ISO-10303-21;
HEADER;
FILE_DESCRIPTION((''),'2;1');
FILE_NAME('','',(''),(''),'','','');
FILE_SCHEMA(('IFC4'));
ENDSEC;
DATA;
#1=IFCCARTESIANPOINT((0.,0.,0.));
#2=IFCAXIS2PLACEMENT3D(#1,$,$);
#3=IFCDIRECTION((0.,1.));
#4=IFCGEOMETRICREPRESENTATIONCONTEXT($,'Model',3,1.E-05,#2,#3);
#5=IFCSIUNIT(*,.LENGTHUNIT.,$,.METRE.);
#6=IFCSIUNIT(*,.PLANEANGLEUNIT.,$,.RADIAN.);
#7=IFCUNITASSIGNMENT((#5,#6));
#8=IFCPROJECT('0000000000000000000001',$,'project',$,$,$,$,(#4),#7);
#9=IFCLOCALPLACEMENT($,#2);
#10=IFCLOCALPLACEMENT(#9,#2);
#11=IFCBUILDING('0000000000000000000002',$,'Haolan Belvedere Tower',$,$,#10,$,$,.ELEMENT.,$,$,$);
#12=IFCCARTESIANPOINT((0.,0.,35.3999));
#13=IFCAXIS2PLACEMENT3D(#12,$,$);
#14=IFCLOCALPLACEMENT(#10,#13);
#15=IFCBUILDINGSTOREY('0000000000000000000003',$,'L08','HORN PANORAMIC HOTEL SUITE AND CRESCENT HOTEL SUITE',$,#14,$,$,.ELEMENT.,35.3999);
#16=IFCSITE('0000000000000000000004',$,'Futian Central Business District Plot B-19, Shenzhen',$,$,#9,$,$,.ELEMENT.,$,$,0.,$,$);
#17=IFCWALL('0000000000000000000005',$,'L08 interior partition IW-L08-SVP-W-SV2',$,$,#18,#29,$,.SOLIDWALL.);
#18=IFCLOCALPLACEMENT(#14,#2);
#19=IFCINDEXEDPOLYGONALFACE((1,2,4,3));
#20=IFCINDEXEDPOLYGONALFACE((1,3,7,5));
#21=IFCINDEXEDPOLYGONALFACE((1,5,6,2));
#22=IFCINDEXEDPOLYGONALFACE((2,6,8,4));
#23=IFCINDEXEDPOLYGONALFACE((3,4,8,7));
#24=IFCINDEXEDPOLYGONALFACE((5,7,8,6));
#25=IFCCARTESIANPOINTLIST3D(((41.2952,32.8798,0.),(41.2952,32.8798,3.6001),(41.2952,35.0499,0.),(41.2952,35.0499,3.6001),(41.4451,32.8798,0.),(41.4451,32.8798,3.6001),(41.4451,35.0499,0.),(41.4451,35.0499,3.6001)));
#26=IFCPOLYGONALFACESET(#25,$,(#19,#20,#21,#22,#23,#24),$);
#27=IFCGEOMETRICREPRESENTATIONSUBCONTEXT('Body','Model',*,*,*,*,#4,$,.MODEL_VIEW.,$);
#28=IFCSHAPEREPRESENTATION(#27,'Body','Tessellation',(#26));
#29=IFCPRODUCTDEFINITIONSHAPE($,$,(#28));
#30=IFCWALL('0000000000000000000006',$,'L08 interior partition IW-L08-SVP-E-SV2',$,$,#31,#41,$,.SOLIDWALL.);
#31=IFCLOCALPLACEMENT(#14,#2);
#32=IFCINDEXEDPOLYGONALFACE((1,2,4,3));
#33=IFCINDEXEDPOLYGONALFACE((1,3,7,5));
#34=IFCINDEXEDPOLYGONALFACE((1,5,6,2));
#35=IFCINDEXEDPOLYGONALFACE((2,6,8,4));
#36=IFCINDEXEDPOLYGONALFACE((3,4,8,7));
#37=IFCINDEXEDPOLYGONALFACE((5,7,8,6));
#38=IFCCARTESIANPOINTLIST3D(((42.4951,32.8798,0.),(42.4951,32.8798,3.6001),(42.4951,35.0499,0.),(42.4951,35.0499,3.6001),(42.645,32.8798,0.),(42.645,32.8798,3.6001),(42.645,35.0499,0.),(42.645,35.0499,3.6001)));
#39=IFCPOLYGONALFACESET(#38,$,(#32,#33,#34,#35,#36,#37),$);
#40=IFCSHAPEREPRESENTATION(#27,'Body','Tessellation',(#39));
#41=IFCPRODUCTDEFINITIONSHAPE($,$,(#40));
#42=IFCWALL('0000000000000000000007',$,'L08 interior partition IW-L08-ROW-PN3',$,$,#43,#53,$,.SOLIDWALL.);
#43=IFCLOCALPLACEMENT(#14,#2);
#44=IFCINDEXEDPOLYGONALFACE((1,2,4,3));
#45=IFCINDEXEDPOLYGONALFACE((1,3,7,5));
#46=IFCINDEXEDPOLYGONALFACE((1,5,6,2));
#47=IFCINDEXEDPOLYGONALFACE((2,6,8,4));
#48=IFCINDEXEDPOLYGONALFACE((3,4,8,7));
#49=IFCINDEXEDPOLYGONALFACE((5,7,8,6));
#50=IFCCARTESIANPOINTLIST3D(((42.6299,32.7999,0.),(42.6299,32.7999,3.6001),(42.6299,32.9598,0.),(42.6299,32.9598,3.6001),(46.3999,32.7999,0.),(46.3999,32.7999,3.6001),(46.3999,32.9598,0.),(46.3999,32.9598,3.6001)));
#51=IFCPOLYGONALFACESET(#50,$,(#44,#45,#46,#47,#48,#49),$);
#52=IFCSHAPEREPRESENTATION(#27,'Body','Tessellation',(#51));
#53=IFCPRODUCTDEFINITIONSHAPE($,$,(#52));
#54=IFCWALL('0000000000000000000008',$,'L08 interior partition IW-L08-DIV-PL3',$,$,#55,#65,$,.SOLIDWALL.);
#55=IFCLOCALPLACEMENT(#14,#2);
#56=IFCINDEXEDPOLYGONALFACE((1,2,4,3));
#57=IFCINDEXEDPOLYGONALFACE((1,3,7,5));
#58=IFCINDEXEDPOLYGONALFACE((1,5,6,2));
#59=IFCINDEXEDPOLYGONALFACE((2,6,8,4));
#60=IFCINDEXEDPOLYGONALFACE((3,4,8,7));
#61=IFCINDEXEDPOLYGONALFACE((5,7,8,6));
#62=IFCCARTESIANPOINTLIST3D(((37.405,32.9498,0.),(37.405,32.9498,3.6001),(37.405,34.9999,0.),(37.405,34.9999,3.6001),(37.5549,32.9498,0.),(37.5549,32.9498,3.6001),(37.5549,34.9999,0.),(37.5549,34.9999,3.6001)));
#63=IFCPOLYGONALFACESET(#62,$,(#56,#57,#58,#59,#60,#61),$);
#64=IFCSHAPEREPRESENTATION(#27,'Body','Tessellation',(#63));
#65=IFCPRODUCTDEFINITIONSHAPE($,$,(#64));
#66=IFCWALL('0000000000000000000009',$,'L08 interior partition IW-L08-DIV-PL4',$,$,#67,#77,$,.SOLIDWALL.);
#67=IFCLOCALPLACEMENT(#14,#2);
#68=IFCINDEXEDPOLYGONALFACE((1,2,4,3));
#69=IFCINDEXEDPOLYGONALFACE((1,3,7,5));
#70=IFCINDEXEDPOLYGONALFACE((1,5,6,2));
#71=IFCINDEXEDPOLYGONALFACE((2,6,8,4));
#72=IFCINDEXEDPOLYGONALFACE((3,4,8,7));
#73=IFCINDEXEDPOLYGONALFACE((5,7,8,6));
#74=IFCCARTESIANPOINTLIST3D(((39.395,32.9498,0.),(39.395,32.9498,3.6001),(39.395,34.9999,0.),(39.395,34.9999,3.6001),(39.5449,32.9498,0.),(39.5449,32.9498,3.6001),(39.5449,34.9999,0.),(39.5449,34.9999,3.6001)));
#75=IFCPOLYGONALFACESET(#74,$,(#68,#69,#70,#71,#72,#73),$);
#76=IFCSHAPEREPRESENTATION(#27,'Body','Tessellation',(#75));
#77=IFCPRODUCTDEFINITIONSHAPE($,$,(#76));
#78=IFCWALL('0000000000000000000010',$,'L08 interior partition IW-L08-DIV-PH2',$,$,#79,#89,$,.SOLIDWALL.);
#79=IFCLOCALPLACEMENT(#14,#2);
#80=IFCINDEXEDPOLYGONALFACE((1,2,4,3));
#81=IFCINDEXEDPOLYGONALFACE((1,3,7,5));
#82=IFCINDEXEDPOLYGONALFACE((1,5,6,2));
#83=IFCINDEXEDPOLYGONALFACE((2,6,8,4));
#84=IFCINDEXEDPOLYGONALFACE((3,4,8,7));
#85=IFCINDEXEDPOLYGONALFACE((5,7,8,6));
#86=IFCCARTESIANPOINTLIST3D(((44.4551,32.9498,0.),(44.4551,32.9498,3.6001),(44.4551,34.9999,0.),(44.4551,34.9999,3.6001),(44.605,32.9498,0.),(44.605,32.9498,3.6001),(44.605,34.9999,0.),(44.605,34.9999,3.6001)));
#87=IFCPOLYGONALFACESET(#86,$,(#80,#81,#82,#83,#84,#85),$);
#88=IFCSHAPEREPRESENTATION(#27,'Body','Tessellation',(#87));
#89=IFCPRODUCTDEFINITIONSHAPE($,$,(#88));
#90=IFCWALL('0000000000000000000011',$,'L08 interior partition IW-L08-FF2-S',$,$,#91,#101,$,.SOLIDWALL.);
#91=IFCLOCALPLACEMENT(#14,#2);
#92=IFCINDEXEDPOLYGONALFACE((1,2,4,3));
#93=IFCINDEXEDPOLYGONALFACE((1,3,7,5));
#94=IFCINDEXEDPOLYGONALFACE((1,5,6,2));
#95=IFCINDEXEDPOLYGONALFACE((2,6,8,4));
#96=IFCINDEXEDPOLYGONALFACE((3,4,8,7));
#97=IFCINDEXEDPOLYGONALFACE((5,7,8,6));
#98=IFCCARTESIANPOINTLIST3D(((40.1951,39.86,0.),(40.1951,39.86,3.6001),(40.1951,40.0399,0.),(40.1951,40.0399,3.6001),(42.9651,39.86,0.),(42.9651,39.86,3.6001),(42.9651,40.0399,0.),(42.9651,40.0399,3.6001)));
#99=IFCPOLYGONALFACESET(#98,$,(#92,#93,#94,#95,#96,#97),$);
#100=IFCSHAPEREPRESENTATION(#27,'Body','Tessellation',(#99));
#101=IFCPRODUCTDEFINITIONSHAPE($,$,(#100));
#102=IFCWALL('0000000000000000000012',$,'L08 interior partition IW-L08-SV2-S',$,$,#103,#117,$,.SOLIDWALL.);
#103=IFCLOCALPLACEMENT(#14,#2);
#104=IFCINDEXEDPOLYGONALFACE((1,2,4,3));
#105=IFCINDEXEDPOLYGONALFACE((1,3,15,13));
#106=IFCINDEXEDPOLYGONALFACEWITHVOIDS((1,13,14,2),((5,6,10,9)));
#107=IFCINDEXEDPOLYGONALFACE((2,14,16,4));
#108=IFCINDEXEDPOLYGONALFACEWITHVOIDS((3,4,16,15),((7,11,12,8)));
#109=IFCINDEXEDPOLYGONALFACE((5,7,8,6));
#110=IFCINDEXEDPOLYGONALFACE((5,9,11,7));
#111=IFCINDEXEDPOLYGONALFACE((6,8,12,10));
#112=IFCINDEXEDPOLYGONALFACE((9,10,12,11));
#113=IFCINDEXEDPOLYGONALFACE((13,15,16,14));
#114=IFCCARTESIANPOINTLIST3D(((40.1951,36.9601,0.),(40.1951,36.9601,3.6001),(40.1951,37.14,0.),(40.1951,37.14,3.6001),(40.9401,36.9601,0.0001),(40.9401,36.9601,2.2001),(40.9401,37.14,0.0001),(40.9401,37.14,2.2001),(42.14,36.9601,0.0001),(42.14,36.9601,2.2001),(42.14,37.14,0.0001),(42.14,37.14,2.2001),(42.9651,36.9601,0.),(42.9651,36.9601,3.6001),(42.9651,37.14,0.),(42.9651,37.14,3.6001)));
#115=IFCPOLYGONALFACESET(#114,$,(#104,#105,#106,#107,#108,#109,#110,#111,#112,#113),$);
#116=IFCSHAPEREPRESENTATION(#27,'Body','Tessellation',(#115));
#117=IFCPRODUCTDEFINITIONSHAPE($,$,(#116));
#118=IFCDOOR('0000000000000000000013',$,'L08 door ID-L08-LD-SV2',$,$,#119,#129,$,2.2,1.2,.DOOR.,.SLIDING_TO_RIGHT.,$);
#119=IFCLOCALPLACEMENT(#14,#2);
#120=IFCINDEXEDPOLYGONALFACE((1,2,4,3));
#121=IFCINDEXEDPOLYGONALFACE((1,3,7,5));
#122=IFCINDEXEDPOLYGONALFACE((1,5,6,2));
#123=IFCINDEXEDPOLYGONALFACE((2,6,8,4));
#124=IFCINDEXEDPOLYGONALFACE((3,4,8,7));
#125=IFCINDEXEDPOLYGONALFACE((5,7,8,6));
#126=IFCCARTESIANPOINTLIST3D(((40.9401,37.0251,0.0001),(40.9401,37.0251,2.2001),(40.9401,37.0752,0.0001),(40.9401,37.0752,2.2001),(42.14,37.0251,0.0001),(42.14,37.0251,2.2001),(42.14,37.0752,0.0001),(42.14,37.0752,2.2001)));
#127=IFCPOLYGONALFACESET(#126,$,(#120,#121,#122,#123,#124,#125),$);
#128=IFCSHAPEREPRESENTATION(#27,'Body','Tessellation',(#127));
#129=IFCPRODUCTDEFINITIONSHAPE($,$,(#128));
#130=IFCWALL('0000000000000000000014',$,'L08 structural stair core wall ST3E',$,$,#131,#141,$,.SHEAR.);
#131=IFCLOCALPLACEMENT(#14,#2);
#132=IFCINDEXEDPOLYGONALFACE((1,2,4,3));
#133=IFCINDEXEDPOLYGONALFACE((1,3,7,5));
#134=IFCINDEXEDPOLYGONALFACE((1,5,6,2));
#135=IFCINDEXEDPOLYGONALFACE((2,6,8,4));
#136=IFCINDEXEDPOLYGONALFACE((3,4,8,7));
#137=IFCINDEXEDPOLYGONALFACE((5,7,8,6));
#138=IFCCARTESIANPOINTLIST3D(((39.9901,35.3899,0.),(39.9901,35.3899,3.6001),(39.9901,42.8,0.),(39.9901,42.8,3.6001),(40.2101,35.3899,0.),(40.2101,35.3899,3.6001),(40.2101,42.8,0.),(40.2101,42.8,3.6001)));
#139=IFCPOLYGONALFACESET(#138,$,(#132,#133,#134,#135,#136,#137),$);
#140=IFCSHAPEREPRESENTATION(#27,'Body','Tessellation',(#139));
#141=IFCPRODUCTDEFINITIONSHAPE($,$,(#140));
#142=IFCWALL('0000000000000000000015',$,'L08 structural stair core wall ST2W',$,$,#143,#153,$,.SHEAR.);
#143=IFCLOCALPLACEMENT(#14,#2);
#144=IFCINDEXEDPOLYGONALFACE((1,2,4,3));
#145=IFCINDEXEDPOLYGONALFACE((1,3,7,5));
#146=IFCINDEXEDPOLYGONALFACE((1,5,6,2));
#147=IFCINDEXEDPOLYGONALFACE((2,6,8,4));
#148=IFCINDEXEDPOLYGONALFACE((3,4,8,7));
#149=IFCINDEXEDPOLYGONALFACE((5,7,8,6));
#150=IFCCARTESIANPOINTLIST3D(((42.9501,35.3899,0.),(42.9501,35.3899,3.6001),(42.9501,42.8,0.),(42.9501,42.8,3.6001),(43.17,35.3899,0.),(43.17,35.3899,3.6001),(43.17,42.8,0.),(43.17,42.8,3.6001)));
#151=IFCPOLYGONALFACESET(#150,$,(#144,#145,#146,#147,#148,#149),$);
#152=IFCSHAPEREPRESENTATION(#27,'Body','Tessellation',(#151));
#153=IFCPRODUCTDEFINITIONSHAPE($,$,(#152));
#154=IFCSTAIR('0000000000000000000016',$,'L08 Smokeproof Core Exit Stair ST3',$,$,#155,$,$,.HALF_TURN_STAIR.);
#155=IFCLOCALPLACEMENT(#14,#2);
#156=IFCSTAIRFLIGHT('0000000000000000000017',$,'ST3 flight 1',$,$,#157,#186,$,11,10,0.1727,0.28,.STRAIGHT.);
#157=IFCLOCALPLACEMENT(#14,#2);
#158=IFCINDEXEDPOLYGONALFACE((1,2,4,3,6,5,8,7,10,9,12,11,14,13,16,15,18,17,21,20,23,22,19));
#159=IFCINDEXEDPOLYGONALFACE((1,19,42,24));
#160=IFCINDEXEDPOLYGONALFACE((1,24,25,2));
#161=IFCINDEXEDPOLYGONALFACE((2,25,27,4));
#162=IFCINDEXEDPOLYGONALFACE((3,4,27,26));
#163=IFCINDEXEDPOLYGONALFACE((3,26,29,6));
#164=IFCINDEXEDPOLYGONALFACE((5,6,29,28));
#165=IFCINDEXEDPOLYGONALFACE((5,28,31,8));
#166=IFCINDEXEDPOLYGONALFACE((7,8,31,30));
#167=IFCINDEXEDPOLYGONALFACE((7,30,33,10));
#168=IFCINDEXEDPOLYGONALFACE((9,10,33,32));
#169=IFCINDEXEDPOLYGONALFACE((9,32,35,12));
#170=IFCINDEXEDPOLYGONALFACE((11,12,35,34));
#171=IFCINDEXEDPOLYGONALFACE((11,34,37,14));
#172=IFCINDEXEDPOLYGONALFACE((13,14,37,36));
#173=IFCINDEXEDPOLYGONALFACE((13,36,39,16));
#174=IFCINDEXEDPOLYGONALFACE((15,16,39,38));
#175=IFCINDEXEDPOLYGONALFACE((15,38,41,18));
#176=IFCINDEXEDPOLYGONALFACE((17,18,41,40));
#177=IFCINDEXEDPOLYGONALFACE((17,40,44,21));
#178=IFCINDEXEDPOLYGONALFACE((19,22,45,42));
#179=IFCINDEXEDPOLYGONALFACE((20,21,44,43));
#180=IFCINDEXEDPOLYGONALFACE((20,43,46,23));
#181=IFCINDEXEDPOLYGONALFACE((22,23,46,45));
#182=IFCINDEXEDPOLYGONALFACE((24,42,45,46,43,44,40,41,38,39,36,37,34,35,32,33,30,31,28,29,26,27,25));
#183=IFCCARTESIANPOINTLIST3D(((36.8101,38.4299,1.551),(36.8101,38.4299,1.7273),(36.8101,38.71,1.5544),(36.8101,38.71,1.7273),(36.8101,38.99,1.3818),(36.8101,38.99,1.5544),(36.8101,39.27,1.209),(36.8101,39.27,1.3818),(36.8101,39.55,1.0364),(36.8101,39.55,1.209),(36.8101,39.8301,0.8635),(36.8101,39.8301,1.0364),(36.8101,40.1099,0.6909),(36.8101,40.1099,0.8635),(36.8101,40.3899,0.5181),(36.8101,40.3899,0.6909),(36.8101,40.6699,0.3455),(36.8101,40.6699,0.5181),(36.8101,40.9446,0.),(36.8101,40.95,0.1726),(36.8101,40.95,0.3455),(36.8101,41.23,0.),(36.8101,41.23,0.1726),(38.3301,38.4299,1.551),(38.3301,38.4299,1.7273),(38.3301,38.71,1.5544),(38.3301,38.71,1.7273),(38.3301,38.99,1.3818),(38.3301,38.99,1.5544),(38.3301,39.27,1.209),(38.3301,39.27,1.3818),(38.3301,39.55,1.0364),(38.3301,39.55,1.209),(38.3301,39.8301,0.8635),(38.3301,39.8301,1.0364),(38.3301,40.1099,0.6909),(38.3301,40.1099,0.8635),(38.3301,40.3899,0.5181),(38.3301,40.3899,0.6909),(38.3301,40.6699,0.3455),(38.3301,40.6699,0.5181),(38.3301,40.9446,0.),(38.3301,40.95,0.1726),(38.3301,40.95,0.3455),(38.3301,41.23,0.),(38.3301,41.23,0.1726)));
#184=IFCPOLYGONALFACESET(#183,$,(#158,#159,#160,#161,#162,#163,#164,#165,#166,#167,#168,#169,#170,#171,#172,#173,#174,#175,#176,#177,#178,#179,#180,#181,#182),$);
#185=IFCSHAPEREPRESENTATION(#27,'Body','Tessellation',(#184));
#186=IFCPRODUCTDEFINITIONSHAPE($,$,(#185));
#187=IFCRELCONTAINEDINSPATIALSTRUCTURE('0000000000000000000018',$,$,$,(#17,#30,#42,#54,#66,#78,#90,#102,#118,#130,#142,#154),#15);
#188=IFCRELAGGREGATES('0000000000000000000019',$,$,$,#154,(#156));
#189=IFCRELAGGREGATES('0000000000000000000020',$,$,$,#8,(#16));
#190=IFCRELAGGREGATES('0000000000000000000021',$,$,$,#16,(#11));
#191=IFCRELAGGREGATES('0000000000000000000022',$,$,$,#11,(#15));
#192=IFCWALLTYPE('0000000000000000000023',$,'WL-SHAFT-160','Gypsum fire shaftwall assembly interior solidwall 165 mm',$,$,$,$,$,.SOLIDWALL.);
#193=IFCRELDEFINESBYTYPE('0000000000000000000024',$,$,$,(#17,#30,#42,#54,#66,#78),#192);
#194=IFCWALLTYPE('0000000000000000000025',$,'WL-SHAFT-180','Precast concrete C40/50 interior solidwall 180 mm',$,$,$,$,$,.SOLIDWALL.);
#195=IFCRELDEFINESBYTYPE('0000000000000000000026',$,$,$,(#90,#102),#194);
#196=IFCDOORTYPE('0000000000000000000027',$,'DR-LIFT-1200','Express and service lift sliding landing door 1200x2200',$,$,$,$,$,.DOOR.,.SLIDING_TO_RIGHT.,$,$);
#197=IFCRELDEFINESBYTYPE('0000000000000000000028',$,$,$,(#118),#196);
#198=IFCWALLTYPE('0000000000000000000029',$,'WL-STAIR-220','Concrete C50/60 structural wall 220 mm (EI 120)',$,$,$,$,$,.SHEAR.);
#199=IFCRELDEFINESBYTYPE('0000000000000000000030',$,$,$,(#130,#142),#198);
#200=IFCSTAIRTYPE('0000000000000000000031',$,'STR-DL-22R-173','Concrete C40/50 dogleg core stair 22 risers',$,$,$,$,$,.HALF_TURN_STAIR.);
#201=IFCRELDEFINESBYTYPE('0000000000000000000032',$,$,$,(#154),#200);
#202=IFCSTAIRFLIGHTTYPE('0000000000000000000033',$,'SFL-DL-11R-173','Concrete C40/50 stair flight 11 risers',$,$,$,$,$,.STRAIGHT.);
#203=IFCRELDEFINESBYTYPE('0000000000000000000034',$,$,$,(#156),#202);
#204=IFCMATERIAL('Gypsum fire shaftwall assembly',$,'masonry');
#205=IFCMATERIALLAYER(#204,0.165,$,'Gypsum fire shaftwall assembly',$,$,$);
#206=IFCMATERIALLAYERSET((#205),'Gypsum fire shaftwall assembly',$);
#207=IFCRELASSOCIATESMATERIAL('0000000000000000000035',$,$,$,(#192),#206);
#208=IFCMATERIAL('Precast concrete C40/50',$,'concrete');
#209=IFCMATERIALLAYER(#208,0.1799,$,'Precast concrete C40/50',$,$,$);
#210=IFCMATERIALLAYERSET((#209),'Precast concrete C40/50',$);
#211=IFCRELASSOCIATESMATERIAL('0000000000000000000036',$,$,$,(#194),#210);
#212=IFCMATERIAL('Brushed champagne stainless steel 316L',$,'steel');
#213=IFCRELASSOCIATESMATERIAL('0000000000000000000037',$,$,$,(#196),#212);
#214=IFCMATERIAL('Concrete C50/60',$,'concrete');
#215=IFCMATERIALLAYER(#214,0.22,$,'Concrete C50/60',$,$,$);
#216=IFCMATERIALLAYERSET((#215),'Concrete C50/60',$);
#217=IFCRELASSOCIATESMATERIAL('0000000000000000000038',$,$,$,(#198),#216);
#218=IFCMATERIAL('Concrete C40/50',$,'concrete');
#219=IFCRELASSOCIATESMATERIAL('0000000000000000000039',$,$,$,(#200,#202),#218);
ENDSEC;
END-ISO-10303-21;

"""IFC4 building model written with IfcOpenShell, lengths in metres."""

from ifc_helpers import new_model, si_unit, direction, frame, frame_2d, origin, place, context, subcontext, project, spatial, polyline, rectangle, outline, extrude, material, layer, layer_set, type_object, element, fill, aggregate, save


model = new_model("IFC4")

# Units and contexts
model_context = context("Model", 3, precision=1e-05, world=origin(), true_north=direction((0.0, 1.0)))
body_context = subcontext(model_context, "Body", "Model", "MODEL_VIEW")
ifc_project = project(units=[si_unit("LENGTHUNIT", "METRE"), si_unit("PLANEANGLEUNIT", "RADIAN")], contexts=[model_context])

# Site, building, storey
site_placement = place(None, origin())
site = spatial("IfcSite", under=ifc_project, at=site_placement, Name="Futian Central Business District Plot B-19, Shenzhen", CompositionType="ELEMENT", RefElevation=0.0)
building_placement = place(site_placement, origin())
building = spatial("IfcBuilding", under=site, at=building_placement, Name="Haolan Belvedere Tower", CompositionType="ELEMENT")
storey_placement = place(building_placement, frame((0.0, 0.0, 35.3999)))
storey = spatial("IfcBuildingStorey", under=building, at=storey_placement, Name="L08", Description="HORN PANORAMIC HOTEL SUITE AND CRESCENT HOTEL SUITE", CompositionType="ELEMENT", Elevation=35.3999)

# Walls
ifc_material_1 = material(Name="Gypsum fire shaftwall assembly", Category="masonry")
ifc_layer_1 = layer(ifc_material_1, 0.165, Name="Gypsum fire shaftwall assembly")
ifc_layer_set_1 = layer_set([ifc_layer_1], Name="Gypsum fire shaftwall assembly")
wall_type_1 = type_object("IfcWallType", Name="WL-SHAFT-160", Description="Gypsum fire shaftwall assembly interior solidwall 165 mm", PredefinedType="SOLIDWALL", material=ifc_layer_set_1)
for number, where, z_axis, x_axis, name in (
    (1, (41.3701, 32.8799, 0.0), (0.0, 0.0, 1.0), (0.0, 1.0, 0.0), "L08 interior partition IW-L08-SVP-W-SV2"),
    (2, (42.5701, 32.8799, 0.0), (0.0, 0.0, 1.0), (0.0, 1.0, 0.0), "L08 interior partition IW-L08-SVP-E-SV2"),
):
    element("IfcWall", number, at=place(storey_placement, frame(where, z_axis=z_axis, x_axis=x_axis)), inside=storey, type_object=wall_type_1, Name=name, PredefinedType="SOLIDWALL", context=body_context, shape_type="SweptSolid", body=[
        extrude(rectangle(XDim=2.1702, YDim=0.1499, at=frame_2d((1.085, 0.0))), origin(), (0.0, 0.0, 1.0), 3.6001),
    ])
wall_1_placement = place(storey_placement, frame((42.6299, 32.8799, 0.0), z_axis=(0.0, 0.0, 1.0), x_axis=(1.0, 0.0, 0.0)))
element("IfcWall", 3, at=wall_1_placement, inside=storey, type_object=wall_type_1, Name="L08 interior partition IW-L08-ROW-PN3", PredefinedType="SOLIDWALL", context=body_context, shape_type="SweptSolid", body=[
    extrude(rectangle(XDim=3.77, YDim=0.1599, at=frame_2d((1.885, 0.0))), origin(), (0.0, 0.0, 1.0), 3.6001),
])
for number, where, z_axis, x_axis, name in (
    (4, (37.48, 32.95, 0.0), (0.0, 0.0, 1.0), (0.0, 1.0, 0.0), "L08 interior partition IW-L08-DIV-PL3"),
    (5, (39.47, 32.95, 0.0), (0.0, 0.0, 1.0), (0.0, 1.0, 0.0), "L08 interior partition IW-L08-DIV-PL4"),
    (6, (44.53, 32.95, 0.0), (0.0, 0.0, 1.0), (0.0, 1.0, 0.0), "L08 interior partition IW-L08-DIV-PH2"),
):
    element("IfcWall", number, at=place(storey_placement, frame(where, z_axis=z_axis, x_axis=x_axis)), inside=storey, type_object=wall_type_1, Name=name, PredefinedType="SOLIDWALL", context=body_context, shape_type="SweptSolid", body=[
        extrude(rectangle(XDim=2.05, YDim=0.1499, at=frame_2d((1.0249, 0.0))), origin(), (0.0, 0.0, 1.0), 3.6001),
    ])
ifc_material_2 = material(Name="Precast concrete C40/50", Category="concrete")
ifc_layer_2 = layer(ifc_material_2, 0.1799, Name="Precast concrete C40/50")
ifc_layer_set_2 = layer_set([ifc_layer_2], Name="Precast concrete C40/50")
wall_type_2 = type_object("IfcWallType", Name="WL-SHAFT-180", Description="Precast concrete C40/50 interior solidwall 180 mm", PredefinedType="SOLIDWALL", material=ifc_layer_set_2)
wall_2_placement = place(storey_placement, frame((40.1951, 39.95, 0.0), z_axis=(0.0, 0.0, 1.0), x_axis=(1.0, 0.0, 0.0)))
element("IfcWall", 7, at=wall_2_placement, inside=storey, type_object=wall_type_2, Name="L08 interior partition IW-L08-FF2-S", PredefinedType="SOLIDWALL", context=body_context, shape_type="SweptSolid", body=[
    extrude(rectangle(XDim=2.77, YDim=0.1799, at=frame_2d((1.385, 0.0))), origin(), (0.0, 0.0, 1.0), 3.6001),
])

# Wall, opening, door
wall_3_placement = place(storey_placement, frame((40.1951, 37.05, 0.0), z_axis=(0.0, 0.0, 1.0), x_axis=(1.0, 0.0, 0.0)))
wall_3 = element("IfcWall", 8, at=wall_3_placement, inside=storey, type_object=wall_type_2, Name="L08 interior partition IW-L08-SV2-S", PredefinedType="SOLIDWALL", context=body_context, shape_type="SweptSolid", body=[
    extrude(rectangle(XDim=2.77, YDim=0.1799, at=frame_2d((1.385, 0.0))), origin(), (0.0, 0.0, 1.0), 3.6001),
])
opening_placement = place(wall_3_placement, frame((1.9451, 0.0, 0.0), z_axis=(0.0, 0.0, 1.0), x_axis=(-1.0, 0.0, 0.0)))
opening = element("IfcOpeningElement", 9, at=opening_placement, cuts=wall_3, PredefinedType="OPENING", context=body_context, shape_type="SweptSolid", body=[
    extrude(rectangle(XDim=1.2, YDim=2.2, at=frame_2d((0.6001, 1.1001))), frame((0.0, 0.0999, 0.0), z_axis=(0.0, -1.0, 0.0), x_axis=(1.0, 0.0, 0.0)), (0.0, 0.0, 1.0), 0.2),
])
ifc_material_3 = material(Name="Brushed champagne stainless steel 316L", Category="steel")
door_type = type_object("IfcDoorType", Name="DR-LIFT-1200", Description="Express and service lift sliding landing door 1200x2200", OperationType="SLIDING_TO_RIGHT", PredefinedType="DOOR", material=ifc_material_3)
door_placement = place(opening_placement, origin())
door = element("IfcDoor", 10, at=door_placement, inside=storey, type_object=door_type, Name="L08 door ID-L08-LD-SV2", OperationType="SLIDING_TO_RIGHT", OverallHeight=2.2, OverallWidth=1.2, PredefinedType="DOOR", context=body_context, shape_type="SweptSolid", body=[
    extrude(rectangle(XDim=1.2, YDim=2.2, at=frame_2d((0.6001, 1.1001))), frame((0.0, 0.0249, 0.0), z_axis=(0.0, -1.0, 0.0), x_axis=(1.0, 0.0, 0.0)), (0.0, 0.0, 1.0), 0.05),
])
fill(opening, door)

# Walls
ifc_material_4 = material(Name="Concrete C50/60", Category="concrete")
ifc_layer_3 = layer(ifc_material_4, 0.22, Name="Concrete C50/60")
ifc_layer_set_3 = layer_set([ifc_layer_3], Name="Concrete C50/60")
wall_type_3 = type_object("IfcWallType", Name="WL-STAIR-220", Description="Concrete C50/60 structural wall 220 mm (EI 120)", PredefinedType="SHEAR", material=ifc_layer_set_3)
for number, where, z_axis, x_axis, name in (
    (11, (40.1001, 35.3899, 0.0), (0.0, 0.0, 1.0), (0.0, 1.0, 0.0), "L08 structural stair core wall ST3E"),
    (12, (43.0601, 35.3899, 0.0), (0.0, 0.0, 1.0), (0.0, 1.0, 0.0), "L08 structural stair core wall ST2W"),
):
    element("IfcWall", number, at=place(storey_placement, frame(where, z_axis=z_axis, x_axis=x_axis)), inside=storey, type_object=wall_type_3, Name=name, PredefinedType="SHEAR", context=body_context, shape_type="SweptSolid", body=[
        extrude(rectangle(XDim=7.4102, YDim=0.22, at=frame_2d((3.7051, 0.0))), origin(), (0.0, 0.0, 1.0), 3.6001),
    ])

# Stair, stair flight
ifc_material_5 = material(Name="Concrete C40/50", Category="concrete")
stair_type = type_object("IfcStairType", Name="STR-DL-22R-173", Description="Concrete C40/50 dogleg core stair 22 risers", PredefinedType="HALF_TURN_STAIR", material=ifc_material_5)
stair_1_placement = place(storey_placement, origin())
stair_1 = element("IfcStair", 13, at=stair_1_placement, inside=storey, type_object=stair_type, Name="L08 Smokeproof Core Exit Stair ST3", PredefinedType="HALF_TURN_STAIR")
stair_flight_type = type_object("IfcStairFlightType", Name="SFL-DL-11R-173", Description="Concrete C40/50 stair flight 11 risers", PredefinedType="STRAIGHT", material=ifc_material_5)
stair_flight_1_placement = place(storey_placement, frame((37.5701, 41.23, 0.0), z_axis=(0.0, 0.0, 1.0), x_axis=(0.0, -1.0, 0.0)))
stair_flight_1 = element("IfcStairFlight", 14, at=stair_flight_1_placement, type_object=stair_flight_type, Name="ST3 flight 1", NumberOfRisers=11, NumberOfTreads=10, PredefinedType="STRAIGHT", RiserHeight=0.1727, TreadLength=0.28, context=body_context, shape_type="SweptSolid", body=[
    extrude(outline(polyline([(0.0, 0.0), (0.0, 0.1726), (0.28, 0.1726), (0.28, 0.3455), (0.5601, 0.3455), (0.5601, 0.5181), (0.8401, 0.5181), (0.8401, 0.6909), (1.1201, 0.6909), (1.1201, 0.8635), (1.3999, 0.8635), (1.3999, 1.0364), (1.6799, 1.0364), (1.6799, 1.209), (1.96, 1.209), (1.96, 1.3818), (2.24, 1.3818), (2.24, 1.5544), (2.52, 1.5544), (2.52, 1.7273), (2.8, 1.7273), (2.8, 1.8999), (2.8, 1.551), (0.2854, 0.0), (0.0, 0.0)])), frame((0.0, 0.76, 0.0), z_axis=(0.0, -1.0, 0.0), x_axis=(1.0, 0.0, 0.0)), (0.0, 0.0, 1.0), 1.52),
])
aggregate(stair_1, [stair_flight_1])

save(model, "model.ifc")
